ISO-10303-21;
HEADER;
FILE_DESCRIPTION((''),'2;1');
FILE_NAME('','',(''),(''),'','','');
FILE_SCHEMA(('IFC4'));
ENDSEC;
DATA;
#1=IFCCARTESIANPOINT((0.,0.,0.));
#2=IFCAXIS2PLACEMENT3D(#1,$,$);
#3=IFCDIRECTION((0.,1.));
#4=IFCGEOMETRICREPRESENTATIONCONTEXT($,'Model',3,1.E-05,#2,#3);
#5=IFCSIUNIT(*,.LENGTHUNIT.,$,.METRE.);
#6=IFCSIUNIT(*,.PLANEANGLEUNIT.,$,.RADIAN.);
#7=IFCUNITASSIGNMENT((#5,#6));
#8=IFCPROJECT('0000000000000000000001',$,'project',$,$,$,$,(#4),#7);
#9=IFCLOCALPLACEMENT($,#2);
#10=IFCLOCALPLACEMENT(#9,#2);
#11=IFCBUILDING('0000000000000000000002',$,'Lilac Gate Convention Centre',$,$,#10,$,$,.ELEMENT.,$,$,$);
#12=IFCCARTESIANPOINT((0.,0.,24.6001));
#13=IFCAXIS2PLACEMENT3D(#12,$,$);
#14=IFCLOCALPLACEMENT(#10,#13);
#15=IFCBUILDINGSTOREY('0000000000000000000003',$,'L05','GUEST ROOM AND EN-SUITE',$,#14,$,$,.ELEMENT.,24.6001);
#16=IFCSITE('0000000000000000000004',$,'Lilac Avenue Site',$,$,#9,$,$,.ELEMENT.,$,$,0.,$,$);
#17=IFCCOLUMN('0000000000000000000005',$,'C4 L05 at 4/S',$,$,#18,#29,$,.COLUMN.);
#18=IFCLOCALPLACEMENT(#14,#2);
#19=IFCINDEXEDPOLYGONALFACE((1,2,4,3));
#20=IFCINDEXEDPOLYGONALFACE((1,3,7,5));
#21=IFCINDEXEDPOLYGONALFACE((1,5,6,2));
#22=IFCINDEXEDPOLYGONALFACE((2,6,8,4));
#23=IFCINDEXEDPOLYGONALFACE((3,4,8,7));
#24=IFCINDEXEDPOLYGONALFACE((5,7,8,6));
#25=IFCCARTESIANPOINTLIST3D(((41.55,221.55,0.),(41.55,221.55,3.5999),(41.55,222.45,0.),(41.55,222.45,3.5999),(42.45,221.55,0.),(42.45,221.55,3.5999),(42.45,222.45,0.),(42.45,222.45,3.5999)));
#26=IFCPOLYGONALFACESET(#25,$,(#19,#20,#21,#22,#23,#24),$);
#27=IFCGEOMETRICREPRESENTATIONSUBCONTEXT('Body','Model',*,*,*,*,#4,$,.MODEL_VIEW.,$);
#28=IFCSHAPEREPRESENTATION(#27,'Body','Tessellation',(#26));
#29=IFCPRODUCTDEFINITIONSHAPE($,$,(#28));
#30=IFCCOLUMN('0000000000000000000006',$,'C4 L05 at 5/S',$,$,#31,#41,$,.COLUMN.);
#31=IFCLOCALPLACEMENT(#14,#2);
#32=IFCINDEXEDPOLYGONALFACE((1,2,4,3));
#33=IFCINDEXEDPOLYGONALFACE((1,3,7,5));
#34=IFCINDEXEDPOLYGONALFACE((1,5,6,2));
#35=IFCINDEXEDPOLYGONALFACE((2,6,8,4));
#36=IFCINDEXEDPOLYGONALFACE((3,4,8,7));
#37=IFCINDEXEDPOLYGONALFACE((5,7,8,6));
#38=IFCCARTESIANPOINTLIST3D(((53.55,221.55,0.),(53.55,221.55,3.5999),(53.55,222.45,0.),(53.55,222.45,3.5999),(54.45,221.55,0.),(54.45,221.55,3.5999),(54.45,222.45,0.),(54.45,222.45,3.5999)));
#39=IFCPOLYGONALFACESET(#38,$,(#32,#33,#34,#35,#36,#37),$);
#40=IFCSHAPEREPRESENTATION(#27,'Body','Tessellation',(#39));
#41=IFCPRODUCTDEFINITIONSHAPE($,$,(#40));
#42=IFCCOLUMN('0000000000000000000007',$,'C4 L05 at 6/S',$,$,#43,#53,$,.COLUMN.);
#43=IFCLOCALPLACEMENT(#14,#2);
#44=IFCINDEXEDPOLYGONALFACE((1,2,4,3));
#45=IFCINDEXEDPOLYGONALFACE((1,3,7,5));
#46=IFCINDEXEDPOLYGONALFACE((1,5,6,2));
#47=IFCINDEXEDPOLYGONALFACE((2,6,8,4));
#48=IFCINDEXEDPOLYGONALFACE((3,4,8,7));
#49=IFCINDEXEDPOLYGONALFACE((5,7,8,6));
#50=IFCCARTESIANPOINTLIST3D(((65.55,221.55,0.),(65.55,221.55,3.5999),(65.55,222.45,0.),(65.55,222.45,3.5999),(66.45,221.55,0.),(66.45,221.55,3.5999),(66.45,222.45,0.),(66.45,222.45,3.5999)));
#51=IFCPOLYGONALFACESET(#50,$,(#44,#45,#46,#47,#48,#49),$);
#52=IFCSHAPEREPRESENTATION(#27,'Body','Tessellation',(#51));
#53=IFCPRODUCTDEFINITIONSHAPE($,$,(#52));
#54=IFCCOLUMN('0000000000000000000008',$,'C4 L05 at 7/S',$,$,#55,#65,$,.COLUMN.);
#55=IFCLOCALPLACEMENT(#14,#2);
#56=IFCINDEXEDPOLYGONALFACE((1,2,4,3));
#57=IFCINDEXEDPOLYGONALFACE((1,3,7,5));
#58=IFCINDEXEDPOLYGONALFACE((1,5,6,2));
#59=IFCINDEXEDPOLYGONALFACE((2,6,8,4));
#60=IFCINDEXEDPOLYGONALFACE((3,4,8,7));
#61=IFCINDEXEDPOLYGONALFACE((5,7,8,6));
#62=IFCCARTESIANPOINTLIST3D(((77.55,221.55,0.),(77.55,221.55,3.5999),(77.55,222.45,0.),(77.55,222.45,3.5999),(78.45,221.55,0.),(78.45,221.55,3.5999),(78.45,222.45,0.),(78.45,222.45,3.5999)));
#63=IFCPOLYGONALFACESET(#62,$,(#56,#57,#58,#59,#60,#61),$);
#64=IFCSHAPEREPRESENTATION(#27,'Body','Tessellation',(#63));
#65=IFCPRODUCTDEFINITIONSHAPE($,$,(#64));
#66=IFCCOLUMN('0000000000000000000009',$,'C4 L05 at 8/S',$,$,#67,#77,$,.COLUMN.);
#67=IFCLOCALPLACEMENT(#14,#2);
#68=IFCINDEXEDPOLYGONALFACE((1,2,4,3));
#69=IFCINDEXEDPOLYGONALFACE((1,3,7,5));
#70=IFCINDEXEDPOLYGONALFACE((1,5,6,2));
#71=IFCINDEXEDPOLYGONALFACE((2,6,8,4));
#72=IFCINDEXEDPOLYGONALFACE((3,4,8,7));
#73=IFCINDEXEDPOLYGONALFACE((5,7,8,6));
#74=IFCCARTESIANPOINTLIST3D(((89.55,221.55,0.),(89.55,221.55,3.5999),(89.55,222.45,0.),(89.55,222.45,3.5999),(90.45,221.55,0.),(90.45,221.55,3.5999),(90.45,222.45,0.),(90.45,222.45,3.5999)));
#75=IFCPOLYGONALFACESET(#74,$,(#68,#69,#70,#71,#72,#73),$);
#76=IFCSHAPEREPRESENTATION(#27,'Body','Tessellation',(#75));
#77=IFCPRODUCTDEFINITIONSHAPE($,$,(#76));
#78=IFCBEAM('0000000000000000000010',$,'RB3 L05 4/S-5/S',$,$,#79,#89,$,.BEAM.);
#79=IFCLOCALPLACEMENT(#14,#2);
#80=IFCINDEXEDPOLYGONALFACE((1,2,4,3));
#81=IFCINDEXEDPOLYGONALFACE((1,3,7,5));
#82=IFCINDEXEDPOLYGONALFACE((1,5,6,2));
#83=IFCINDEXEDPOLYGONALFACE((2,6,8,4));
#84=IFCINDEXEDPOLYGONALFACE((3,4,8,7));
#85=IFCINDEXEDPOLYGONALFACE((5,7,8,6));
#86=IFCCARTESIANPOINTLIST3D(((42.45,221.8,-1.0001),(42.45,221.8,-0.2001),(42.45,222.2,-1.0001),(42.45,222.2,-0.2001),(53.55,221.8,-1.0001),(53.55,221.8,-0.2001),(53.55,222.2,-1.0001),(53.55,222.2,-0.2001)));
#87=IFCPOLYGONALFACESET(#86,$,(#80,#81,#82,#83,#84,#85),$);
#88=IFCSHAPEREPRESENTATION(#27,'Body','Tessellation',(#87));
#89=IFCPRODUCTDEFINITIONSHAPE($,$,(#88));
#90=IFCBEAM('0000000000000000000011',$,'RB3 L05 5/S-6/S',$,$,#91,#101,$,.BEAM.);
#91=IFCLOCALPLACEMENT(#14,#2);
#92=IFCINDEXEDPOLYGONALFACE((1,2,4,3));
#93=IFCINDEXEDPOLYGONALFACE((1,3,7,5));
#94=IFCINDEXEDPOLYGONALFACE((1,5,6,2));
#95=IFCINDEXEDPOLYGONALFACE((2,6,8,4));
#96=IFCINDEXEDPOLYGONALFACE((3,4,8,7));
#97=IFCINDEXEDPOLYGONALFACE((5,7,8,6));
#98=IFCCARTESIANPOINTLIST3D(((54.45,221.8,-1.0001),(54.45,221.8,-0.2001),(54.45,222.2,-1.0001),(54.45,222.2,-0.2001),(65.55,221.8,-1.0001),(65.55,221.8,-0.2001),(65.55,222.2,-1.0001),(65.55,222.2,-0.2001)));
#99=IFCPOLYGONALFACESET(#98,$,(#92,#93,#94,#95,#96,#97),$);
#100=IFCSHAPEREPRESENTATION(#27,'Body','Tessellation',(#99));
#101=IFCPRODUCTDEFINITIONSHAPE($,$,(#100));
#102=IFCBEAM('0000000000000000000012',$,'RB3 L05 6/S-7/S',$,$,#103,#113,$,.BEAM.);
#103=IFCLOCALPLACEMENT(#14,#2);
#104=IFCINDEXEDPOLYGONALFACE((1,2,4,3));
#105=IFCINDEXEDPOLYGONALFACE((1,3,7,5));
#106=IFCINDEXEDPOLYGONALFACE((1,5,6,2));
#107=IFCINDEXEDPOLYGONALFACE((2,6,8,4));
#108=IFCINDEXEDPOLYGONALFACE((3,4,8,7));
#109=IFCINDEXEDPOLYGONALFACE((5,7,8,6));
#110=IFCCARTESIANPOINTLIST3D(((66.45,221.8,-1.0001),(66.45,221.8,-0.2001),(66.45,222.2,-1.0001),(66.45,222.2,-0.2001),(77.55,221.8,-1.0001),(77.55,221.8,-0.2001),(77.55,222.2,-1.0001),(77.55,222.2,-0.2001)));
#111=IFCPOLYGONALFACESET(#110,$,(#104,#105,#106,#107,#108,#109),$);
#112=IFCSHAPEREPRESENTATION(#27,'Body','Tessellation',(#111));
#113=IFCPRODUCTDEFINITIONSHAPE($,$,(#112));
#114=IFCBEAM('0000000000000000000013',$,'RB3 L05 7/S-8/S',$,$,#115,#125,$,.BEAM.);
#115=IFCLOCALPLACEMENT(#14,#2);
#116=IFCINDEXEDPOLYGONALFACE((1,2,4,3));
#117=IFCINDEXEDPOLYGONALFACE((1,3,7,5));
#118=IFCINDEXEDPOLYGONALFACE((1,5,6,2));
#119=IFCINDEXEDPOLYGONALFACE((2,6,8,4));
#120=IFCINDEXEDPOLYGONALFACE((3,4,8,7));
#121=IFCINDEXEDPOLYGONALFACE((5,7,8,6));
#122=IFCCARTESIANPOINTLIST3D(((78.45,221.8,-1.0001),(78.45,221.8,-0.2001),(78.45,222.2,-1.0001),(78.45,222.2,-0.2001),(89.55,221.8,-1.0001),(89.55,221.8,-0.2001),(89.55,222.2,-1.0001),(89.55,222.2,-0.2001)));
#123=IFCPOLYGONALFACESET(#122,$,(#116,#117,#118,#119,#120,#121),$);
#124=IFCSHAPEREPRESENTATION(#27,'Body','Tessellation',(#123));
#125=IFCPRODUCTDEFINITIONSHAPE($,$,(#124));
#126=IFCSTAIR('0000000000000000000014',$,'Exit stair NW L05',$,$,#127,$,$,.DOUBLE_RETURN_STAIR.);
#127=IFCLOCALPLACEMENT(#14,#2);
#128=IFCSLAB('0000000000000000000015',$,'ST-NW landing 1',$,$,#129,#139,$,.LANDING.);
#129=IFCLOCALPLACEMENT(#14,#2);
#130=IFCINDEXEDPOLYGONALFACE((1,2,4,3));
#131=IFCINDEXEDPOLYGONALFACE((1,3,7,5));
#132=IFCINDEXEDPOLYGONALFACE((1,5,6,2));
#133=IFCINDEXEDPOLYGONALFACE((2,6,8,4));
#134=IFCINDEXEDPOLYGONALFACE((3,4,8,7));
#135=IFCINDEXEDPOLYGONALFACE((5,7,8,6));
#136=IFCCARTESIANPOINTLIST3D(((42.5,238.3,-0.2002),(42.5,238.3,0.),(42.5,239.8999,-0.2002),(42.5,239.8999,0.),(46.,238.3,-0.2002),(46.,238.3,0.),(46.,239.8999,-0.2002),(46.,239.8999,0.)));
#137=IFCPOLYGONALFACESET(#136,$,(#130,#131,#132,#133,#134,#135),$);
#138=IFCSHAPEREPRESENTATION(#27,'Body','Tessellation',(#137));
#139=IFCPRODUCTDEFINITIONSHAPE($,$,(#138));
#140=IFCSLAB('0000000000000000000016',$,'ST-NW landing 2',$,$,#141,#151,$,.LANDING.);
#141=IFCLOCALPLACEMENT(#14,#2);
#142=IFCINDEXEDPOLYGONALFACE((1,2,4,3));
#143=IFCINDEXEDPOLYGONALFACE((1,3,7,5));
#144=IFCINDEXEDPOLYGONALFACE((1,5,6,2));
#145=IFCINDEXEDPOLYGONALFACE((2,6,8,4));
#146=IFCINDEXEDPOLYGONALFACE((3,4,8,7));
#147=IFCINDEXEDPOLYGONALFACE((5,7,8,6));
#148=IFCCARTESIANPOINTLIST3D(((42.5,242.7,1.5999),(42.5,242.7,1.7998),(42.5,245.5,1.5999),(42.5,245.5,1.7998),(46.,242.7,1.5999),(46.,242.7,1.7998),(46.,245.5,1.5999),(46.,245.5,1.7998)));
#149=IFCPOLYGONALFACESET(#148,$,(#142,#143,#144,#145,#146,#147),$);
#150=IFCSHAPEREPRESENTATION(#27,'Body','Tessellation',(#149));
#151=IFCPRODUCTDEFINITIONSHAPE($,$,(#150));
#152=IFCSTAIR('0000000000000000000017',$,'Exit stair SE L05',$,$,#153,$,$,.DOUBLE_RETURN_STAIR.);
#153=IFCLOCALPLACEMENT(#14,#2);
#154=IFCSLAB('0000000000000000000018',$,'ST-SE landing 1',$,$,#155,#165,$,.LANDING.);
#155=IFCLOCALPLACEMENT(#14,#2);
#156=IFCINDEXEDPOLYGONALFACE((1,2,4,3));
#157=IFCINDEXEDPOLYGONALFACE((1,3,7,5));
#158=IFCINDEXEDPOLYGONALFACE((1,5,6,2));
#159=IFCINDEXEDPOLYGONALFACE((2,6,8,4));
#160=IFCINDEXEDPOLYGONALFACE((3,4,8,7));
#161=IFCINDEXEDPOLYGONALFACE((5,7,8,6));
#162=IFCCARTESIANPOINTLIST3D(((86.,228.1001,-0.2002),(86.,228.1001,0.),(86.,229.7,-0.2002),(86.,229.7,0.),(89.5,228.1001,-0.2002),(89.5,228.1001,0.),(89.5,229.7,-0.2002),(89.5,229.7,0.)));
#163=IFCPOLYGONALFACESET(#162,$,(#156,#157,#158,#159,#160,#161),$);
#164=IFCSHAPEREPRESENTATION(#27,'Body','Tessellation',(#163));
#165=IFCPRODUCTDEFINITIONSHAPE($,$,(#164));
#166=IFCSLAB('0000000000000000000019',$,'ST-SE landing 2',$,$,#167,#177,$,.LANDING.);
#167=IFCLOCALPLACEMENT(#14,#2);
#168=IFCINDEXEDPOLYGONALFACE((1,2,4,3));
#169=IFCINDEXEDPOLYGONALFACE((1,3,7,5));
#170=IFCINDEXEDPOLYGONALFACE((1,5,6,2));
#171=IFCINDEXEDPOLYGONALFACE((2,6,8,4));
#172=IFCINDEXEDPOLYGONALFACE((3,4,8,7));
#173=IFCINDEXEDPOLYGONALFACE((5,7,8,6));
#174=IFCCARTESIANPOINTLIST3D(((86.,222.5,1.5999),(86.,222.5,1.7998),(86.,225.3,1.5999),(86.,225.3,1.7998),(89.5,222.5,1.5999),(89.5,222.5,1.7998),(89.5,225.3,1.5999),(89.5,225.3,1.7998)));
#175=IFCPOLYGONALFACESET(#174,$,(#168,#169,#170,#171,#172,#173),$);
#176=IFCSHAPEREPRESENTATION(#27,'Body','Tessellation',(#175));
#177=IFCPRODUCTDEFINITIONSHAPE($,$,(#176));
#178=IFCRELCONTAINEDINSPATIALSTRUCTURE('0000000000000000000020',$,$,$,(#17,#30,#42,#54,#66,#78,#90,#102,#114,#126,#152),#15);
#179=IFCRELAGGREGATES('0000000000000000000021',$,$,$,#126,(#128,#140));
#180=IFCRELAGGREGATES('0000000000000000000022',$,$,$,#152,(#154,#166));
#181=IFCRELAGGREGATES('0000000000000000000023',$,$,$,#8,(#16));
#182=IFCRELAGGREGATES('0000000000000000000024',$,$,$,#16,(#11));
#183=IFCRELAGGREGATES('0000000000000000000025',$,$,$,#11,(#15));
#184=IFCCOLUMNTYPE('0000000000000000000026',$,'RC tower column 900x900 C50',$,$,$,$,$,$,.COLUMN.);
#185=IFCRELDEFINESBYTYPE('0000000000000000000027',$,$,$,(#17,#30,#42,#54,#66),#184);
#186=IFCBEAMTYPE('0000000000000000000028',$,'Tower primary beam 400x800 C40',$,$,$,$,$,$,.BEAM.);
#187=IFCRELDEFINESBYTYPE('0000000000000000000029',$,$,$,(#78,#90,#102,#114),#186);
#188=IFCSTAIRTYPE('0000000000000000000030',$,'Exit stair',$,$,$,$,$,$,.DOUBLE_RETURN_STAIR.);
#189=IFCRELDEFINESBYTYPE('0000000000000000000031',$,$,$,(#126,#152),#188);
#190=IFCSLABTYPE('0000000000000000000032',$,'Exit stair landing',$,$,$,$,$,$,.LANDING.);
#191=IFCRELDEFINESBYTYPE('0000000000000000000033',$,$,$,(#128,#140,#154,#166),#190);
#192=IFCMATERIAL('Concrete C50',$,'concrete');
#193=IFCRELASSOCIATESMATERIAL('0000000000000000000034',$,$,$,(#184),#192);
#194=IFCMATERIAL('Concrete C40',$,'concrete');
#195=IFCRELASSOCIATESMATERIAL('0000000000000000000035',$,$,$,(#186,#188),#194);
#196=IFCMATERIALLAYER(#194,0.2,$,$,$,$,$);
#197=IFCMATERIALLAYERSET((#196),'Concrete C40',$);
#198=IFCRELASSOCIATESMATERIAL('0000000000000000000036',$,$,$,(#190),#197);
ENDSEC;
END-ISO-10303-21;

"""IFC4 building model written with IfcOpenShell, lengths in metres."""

from ifc_helpers import new_model, si_unit, direction, frame, origin, origin_2d, place, context, subcontext, project, spatial, polyline, rectangle, outline, extrude, material, layer, layer_set, material_profile, profile_set, type_object, element, aggregate, save


model = new_model("IFC4")

# Units and contexts
model_context = context("Model", 3, precision=1e-05, world=origin(), true_north=direction((0.0, 1.0)))
body_context = subcontext(model_context, "Body", "Model", "MODEL_VIEW")
ifc_project = project(units=[si_unit("LENGTHUNIT", "METRE"), si_unit("PLANEANGLEUNIT", "RADIAN")], contexts=[model_context])

# Site, building, storey
site_placement = place(None, origin())
site = spatial("IfcSite", under=ifc_project, at=site_placement, Name="Lilac Avenue Site", CompositionType="ELEMENT", RefElevation=0.0)
building_placement = place(site_placement, origin())
building = spatial("IfcBuilding", under=site, at=building_placement, Name="Lilac Gate Convention Centre", CompositionType="ELEMENT")
storey_placement = place(building_placement, frame((0.0, 0.0, 24.6001)))
storey = spatial("IfcBuildingStorey", under=building, at=storey_placement, Name="L05", Description="GUEST ROOM AND EN-SUITE", CompositionType="ELEMENT", Elevation=24.6001)

# Columns
ifc_material_1 = material(Name="Concrete C50", Category="concrete")
ifc_material_profile_1 = material_profile(ifc_material_1, rectangle(XDim=0.8999, YDim=0.8999, at=origin_2d()), Name="RC 900x900")
ifc_profile_set_1 = profile_set([ifc_material_profile_1], Name="Concrete C50")
column_type = type_object("IfcColumnType", Name="RC tower column 900x900 C50", PredefinedType="COLUMN", material=ifc_profile_set_1)
for number, where, z_axis, x_axis, name in (
    (1, (42.0, 222.0, 0.0), (0.0, 0.0, 1.0), (1.0, 0.0, 0.0), "C4 L05 at 4/S"),
    (2, (54.0, 222.0, 0.0), (0.0, 0.0, 1.0), (1.0, 0.0, 0.0), "C4 L05 at 5/S"),
    (3, (66.0, 222.0, 0.0), (0.0, 0.0, 1.0), (1.0, 0.0, 0.0), "C4 L05 at 6/S"),
    (4, (78.0, 222.0, 0.0), (0.0, 0.0, 1.0), (1.0, 0.0, 0.0), "C4 L05 at 7/S"),
    (5, (90.0, 222.0, 0.0), (0.0, 0.0, 1.0), (1.0, 0.0, 0.0), "C4 L05 at 8/S"),
):
    element("IfcColumn", number, at=place(storey_placement, frame(where, z_axis=z_axis, x_axis=x_axis)), inside=storey, type_object=column_type, Name=name, PredefinedType="COLUMN", context=body_context, shape_type="SweptSolid", body=[
        extrude(rectangle(XDim=0.8999, YDim=0.8999, at=origin_2d()), origin(), (0.0, 0.0, 1.0), 3.5999),
    ])

# Beams
ifc_material_2 = material(Name="Concrete C40", Category="concrete")
ifc_material_profile_2 = material_profile(ifc_material_2, rectangle(XDim=0.3999, YDim=0.8, at=origin_2d()), Name="RC 400x800")
ifc_profile_set_2 = profile_set([ifc_material_profile_2], Name="Concrete C40")
beam_type = type_object("IfcBeamType", Name="Tower primary beam 400x800 C40", PredefinedType="BEAM", material=ifc_profile_set_2)
for number, where, z_axis, x_axis, name in (
    (6, (42.45, 222.0, -0.6001), (1.0, 0.0, 0.0), (0.0, 1.0, 0.0), "RB3 L05 4/S-5/S"),
    (7, (54.45, 222.0, -0.6001), (1.0, 0.0, 0.0), (0.0, 1.0, 0.0), "RB3 L05 5/S-6/S"),
    (8, (66.45, 222.0, -0.6001), (1.0, 0.0, 0.0), (0.0, 1.0, 0.0), "RB3 L05 6/S-7/S"),
    (9, (78.45, 222.0, -0.6001), (1.0, 0.0, 0.0), (0.0, 1.0, 0.0), "RB3 L05 7/S-8/S"),
):
    element("IfcBeam", number, at=place(storey_placement, frame(where, z_axis=z_axis, x_axis=x_axis)), inside=storey, type_object=beam_type, Name=name, PredefinedType="BEAM", context=body_context, shape_type="SweptSolid", body=[
        extrude(rectangle(XDim=0.3999, YDim=0.8, at=origin_2d()), origin(), (0.0, 0.0, 1.0), 11.1001),
    ])

# Stairs, slabs
stair_type = type_object("IfcStairType", Name="Exit stair", PredefinedType="DOUBLE_RETURN_STAIR", material=ifc_material_2)
stair_1_placement = place(storey_placement, origin())
stair_1 = element("IfcStair", 10, at=stair_1_placement, inside=storey, type_object=stair_type, Name="Exit stair NW L05", PredefinedType="DOUBLE_RETURN_STAIR")
ifc_layer_1 = layer(ifc_material_2, 0.2)
ifc_layer_set_1 = layer_set([ifc_layer_1], Name="Concrete C40")
slab_type_1 = type_object("IfcSlabType", Name="Exit stair landing", PredefinedType="LANDING", material=ifc_layer_set_1)
slab_1_placement = place(storey_placement, frame((0.0, 0.0, -0.2002)))
slab_1 = element("IfcSlab", 11, at=slab_1_placement, type_object=slab_type_1, Name="ST-NW landing 1", PredefinedType="LANDING", context=body_context, shape_type="SweptSolid", body=[
    extrude(outline(polyline([(42.5, 238.3), (46.0, 238.3), (46.0, 239.8999), (42.5, 239.8999), (42.5, 238.3)])), origin(), (0.0, 0.0, 1.0), 0.2002),
])
slab_2_placement = place(storey_placement, frame((0.0, 0.0, 1.5999)))
slab_2 = element("IfcSlab", 12, at=slab_2_placement, type_object=slab_type_1, Name="ST-NW landing 2", PredefinedType="LANDING", context=body_context, shape_type="SweptSolid", body=[
    extrude(outline(polyline([(42.5, 242.7), (46.0, 242.7), (46.0, 245.5), (42.5, 245.5), (42.5, 242.7)])), origin(), (0.0, 0.0, 1.0), 0.2),
])
aggregate(stair_1, [slab_1, slab_2])
stair_2_placement = place(storey_placement, origin())
stair_2 = element("IfcStair", 13, at=stair_2_placement, inside=storey, type_object=stair_type, Name="Exit stair SE L05", PredefinedType="DOUBLE_RETURN_STAIR")
slab_3_placement = place(storey_placement, frame((0.0, 0.0, -0.2002)))
slab_3 = element("IfcSlab", 14, at=slab_3_placement, type_object=slab_type_1, Name="ST-SE landing 1", PredefinedType="LANDING", context=body_context, shape_type="SweptSolid", body=[
    extrude(outline(polyline([(86.0, 228.1001), (89.5, 228.1001), (89.5, 229.7), (86.0, 229.7), (86.0, 228.1001)])), origin(), (0.0, 0.0, 1.0), 0.2002),
])
slab_4_placement = place(storey_placement, frame((0.0, 0.0, 1.5999)))
slab_4 = element("IfcSlab", 15, at=slab_4_placement, type_object=slab_type_1, Name="ST-SE landing 2", PredefinedType="LANDING", context=body_context, shape_type="SweptSolid", body=[
    extrude(outline(polyline([(86.0, 222.5), (89.5, 222.5), (89.5, 225.3), (86.0, 225.3), (86.0, 222.5)])), origin(), (0.0, 0.0, 1.0), 0.2),
])
aggregate(stair_2, [slab_3, slab_4])

save(model, "model.ifc")
